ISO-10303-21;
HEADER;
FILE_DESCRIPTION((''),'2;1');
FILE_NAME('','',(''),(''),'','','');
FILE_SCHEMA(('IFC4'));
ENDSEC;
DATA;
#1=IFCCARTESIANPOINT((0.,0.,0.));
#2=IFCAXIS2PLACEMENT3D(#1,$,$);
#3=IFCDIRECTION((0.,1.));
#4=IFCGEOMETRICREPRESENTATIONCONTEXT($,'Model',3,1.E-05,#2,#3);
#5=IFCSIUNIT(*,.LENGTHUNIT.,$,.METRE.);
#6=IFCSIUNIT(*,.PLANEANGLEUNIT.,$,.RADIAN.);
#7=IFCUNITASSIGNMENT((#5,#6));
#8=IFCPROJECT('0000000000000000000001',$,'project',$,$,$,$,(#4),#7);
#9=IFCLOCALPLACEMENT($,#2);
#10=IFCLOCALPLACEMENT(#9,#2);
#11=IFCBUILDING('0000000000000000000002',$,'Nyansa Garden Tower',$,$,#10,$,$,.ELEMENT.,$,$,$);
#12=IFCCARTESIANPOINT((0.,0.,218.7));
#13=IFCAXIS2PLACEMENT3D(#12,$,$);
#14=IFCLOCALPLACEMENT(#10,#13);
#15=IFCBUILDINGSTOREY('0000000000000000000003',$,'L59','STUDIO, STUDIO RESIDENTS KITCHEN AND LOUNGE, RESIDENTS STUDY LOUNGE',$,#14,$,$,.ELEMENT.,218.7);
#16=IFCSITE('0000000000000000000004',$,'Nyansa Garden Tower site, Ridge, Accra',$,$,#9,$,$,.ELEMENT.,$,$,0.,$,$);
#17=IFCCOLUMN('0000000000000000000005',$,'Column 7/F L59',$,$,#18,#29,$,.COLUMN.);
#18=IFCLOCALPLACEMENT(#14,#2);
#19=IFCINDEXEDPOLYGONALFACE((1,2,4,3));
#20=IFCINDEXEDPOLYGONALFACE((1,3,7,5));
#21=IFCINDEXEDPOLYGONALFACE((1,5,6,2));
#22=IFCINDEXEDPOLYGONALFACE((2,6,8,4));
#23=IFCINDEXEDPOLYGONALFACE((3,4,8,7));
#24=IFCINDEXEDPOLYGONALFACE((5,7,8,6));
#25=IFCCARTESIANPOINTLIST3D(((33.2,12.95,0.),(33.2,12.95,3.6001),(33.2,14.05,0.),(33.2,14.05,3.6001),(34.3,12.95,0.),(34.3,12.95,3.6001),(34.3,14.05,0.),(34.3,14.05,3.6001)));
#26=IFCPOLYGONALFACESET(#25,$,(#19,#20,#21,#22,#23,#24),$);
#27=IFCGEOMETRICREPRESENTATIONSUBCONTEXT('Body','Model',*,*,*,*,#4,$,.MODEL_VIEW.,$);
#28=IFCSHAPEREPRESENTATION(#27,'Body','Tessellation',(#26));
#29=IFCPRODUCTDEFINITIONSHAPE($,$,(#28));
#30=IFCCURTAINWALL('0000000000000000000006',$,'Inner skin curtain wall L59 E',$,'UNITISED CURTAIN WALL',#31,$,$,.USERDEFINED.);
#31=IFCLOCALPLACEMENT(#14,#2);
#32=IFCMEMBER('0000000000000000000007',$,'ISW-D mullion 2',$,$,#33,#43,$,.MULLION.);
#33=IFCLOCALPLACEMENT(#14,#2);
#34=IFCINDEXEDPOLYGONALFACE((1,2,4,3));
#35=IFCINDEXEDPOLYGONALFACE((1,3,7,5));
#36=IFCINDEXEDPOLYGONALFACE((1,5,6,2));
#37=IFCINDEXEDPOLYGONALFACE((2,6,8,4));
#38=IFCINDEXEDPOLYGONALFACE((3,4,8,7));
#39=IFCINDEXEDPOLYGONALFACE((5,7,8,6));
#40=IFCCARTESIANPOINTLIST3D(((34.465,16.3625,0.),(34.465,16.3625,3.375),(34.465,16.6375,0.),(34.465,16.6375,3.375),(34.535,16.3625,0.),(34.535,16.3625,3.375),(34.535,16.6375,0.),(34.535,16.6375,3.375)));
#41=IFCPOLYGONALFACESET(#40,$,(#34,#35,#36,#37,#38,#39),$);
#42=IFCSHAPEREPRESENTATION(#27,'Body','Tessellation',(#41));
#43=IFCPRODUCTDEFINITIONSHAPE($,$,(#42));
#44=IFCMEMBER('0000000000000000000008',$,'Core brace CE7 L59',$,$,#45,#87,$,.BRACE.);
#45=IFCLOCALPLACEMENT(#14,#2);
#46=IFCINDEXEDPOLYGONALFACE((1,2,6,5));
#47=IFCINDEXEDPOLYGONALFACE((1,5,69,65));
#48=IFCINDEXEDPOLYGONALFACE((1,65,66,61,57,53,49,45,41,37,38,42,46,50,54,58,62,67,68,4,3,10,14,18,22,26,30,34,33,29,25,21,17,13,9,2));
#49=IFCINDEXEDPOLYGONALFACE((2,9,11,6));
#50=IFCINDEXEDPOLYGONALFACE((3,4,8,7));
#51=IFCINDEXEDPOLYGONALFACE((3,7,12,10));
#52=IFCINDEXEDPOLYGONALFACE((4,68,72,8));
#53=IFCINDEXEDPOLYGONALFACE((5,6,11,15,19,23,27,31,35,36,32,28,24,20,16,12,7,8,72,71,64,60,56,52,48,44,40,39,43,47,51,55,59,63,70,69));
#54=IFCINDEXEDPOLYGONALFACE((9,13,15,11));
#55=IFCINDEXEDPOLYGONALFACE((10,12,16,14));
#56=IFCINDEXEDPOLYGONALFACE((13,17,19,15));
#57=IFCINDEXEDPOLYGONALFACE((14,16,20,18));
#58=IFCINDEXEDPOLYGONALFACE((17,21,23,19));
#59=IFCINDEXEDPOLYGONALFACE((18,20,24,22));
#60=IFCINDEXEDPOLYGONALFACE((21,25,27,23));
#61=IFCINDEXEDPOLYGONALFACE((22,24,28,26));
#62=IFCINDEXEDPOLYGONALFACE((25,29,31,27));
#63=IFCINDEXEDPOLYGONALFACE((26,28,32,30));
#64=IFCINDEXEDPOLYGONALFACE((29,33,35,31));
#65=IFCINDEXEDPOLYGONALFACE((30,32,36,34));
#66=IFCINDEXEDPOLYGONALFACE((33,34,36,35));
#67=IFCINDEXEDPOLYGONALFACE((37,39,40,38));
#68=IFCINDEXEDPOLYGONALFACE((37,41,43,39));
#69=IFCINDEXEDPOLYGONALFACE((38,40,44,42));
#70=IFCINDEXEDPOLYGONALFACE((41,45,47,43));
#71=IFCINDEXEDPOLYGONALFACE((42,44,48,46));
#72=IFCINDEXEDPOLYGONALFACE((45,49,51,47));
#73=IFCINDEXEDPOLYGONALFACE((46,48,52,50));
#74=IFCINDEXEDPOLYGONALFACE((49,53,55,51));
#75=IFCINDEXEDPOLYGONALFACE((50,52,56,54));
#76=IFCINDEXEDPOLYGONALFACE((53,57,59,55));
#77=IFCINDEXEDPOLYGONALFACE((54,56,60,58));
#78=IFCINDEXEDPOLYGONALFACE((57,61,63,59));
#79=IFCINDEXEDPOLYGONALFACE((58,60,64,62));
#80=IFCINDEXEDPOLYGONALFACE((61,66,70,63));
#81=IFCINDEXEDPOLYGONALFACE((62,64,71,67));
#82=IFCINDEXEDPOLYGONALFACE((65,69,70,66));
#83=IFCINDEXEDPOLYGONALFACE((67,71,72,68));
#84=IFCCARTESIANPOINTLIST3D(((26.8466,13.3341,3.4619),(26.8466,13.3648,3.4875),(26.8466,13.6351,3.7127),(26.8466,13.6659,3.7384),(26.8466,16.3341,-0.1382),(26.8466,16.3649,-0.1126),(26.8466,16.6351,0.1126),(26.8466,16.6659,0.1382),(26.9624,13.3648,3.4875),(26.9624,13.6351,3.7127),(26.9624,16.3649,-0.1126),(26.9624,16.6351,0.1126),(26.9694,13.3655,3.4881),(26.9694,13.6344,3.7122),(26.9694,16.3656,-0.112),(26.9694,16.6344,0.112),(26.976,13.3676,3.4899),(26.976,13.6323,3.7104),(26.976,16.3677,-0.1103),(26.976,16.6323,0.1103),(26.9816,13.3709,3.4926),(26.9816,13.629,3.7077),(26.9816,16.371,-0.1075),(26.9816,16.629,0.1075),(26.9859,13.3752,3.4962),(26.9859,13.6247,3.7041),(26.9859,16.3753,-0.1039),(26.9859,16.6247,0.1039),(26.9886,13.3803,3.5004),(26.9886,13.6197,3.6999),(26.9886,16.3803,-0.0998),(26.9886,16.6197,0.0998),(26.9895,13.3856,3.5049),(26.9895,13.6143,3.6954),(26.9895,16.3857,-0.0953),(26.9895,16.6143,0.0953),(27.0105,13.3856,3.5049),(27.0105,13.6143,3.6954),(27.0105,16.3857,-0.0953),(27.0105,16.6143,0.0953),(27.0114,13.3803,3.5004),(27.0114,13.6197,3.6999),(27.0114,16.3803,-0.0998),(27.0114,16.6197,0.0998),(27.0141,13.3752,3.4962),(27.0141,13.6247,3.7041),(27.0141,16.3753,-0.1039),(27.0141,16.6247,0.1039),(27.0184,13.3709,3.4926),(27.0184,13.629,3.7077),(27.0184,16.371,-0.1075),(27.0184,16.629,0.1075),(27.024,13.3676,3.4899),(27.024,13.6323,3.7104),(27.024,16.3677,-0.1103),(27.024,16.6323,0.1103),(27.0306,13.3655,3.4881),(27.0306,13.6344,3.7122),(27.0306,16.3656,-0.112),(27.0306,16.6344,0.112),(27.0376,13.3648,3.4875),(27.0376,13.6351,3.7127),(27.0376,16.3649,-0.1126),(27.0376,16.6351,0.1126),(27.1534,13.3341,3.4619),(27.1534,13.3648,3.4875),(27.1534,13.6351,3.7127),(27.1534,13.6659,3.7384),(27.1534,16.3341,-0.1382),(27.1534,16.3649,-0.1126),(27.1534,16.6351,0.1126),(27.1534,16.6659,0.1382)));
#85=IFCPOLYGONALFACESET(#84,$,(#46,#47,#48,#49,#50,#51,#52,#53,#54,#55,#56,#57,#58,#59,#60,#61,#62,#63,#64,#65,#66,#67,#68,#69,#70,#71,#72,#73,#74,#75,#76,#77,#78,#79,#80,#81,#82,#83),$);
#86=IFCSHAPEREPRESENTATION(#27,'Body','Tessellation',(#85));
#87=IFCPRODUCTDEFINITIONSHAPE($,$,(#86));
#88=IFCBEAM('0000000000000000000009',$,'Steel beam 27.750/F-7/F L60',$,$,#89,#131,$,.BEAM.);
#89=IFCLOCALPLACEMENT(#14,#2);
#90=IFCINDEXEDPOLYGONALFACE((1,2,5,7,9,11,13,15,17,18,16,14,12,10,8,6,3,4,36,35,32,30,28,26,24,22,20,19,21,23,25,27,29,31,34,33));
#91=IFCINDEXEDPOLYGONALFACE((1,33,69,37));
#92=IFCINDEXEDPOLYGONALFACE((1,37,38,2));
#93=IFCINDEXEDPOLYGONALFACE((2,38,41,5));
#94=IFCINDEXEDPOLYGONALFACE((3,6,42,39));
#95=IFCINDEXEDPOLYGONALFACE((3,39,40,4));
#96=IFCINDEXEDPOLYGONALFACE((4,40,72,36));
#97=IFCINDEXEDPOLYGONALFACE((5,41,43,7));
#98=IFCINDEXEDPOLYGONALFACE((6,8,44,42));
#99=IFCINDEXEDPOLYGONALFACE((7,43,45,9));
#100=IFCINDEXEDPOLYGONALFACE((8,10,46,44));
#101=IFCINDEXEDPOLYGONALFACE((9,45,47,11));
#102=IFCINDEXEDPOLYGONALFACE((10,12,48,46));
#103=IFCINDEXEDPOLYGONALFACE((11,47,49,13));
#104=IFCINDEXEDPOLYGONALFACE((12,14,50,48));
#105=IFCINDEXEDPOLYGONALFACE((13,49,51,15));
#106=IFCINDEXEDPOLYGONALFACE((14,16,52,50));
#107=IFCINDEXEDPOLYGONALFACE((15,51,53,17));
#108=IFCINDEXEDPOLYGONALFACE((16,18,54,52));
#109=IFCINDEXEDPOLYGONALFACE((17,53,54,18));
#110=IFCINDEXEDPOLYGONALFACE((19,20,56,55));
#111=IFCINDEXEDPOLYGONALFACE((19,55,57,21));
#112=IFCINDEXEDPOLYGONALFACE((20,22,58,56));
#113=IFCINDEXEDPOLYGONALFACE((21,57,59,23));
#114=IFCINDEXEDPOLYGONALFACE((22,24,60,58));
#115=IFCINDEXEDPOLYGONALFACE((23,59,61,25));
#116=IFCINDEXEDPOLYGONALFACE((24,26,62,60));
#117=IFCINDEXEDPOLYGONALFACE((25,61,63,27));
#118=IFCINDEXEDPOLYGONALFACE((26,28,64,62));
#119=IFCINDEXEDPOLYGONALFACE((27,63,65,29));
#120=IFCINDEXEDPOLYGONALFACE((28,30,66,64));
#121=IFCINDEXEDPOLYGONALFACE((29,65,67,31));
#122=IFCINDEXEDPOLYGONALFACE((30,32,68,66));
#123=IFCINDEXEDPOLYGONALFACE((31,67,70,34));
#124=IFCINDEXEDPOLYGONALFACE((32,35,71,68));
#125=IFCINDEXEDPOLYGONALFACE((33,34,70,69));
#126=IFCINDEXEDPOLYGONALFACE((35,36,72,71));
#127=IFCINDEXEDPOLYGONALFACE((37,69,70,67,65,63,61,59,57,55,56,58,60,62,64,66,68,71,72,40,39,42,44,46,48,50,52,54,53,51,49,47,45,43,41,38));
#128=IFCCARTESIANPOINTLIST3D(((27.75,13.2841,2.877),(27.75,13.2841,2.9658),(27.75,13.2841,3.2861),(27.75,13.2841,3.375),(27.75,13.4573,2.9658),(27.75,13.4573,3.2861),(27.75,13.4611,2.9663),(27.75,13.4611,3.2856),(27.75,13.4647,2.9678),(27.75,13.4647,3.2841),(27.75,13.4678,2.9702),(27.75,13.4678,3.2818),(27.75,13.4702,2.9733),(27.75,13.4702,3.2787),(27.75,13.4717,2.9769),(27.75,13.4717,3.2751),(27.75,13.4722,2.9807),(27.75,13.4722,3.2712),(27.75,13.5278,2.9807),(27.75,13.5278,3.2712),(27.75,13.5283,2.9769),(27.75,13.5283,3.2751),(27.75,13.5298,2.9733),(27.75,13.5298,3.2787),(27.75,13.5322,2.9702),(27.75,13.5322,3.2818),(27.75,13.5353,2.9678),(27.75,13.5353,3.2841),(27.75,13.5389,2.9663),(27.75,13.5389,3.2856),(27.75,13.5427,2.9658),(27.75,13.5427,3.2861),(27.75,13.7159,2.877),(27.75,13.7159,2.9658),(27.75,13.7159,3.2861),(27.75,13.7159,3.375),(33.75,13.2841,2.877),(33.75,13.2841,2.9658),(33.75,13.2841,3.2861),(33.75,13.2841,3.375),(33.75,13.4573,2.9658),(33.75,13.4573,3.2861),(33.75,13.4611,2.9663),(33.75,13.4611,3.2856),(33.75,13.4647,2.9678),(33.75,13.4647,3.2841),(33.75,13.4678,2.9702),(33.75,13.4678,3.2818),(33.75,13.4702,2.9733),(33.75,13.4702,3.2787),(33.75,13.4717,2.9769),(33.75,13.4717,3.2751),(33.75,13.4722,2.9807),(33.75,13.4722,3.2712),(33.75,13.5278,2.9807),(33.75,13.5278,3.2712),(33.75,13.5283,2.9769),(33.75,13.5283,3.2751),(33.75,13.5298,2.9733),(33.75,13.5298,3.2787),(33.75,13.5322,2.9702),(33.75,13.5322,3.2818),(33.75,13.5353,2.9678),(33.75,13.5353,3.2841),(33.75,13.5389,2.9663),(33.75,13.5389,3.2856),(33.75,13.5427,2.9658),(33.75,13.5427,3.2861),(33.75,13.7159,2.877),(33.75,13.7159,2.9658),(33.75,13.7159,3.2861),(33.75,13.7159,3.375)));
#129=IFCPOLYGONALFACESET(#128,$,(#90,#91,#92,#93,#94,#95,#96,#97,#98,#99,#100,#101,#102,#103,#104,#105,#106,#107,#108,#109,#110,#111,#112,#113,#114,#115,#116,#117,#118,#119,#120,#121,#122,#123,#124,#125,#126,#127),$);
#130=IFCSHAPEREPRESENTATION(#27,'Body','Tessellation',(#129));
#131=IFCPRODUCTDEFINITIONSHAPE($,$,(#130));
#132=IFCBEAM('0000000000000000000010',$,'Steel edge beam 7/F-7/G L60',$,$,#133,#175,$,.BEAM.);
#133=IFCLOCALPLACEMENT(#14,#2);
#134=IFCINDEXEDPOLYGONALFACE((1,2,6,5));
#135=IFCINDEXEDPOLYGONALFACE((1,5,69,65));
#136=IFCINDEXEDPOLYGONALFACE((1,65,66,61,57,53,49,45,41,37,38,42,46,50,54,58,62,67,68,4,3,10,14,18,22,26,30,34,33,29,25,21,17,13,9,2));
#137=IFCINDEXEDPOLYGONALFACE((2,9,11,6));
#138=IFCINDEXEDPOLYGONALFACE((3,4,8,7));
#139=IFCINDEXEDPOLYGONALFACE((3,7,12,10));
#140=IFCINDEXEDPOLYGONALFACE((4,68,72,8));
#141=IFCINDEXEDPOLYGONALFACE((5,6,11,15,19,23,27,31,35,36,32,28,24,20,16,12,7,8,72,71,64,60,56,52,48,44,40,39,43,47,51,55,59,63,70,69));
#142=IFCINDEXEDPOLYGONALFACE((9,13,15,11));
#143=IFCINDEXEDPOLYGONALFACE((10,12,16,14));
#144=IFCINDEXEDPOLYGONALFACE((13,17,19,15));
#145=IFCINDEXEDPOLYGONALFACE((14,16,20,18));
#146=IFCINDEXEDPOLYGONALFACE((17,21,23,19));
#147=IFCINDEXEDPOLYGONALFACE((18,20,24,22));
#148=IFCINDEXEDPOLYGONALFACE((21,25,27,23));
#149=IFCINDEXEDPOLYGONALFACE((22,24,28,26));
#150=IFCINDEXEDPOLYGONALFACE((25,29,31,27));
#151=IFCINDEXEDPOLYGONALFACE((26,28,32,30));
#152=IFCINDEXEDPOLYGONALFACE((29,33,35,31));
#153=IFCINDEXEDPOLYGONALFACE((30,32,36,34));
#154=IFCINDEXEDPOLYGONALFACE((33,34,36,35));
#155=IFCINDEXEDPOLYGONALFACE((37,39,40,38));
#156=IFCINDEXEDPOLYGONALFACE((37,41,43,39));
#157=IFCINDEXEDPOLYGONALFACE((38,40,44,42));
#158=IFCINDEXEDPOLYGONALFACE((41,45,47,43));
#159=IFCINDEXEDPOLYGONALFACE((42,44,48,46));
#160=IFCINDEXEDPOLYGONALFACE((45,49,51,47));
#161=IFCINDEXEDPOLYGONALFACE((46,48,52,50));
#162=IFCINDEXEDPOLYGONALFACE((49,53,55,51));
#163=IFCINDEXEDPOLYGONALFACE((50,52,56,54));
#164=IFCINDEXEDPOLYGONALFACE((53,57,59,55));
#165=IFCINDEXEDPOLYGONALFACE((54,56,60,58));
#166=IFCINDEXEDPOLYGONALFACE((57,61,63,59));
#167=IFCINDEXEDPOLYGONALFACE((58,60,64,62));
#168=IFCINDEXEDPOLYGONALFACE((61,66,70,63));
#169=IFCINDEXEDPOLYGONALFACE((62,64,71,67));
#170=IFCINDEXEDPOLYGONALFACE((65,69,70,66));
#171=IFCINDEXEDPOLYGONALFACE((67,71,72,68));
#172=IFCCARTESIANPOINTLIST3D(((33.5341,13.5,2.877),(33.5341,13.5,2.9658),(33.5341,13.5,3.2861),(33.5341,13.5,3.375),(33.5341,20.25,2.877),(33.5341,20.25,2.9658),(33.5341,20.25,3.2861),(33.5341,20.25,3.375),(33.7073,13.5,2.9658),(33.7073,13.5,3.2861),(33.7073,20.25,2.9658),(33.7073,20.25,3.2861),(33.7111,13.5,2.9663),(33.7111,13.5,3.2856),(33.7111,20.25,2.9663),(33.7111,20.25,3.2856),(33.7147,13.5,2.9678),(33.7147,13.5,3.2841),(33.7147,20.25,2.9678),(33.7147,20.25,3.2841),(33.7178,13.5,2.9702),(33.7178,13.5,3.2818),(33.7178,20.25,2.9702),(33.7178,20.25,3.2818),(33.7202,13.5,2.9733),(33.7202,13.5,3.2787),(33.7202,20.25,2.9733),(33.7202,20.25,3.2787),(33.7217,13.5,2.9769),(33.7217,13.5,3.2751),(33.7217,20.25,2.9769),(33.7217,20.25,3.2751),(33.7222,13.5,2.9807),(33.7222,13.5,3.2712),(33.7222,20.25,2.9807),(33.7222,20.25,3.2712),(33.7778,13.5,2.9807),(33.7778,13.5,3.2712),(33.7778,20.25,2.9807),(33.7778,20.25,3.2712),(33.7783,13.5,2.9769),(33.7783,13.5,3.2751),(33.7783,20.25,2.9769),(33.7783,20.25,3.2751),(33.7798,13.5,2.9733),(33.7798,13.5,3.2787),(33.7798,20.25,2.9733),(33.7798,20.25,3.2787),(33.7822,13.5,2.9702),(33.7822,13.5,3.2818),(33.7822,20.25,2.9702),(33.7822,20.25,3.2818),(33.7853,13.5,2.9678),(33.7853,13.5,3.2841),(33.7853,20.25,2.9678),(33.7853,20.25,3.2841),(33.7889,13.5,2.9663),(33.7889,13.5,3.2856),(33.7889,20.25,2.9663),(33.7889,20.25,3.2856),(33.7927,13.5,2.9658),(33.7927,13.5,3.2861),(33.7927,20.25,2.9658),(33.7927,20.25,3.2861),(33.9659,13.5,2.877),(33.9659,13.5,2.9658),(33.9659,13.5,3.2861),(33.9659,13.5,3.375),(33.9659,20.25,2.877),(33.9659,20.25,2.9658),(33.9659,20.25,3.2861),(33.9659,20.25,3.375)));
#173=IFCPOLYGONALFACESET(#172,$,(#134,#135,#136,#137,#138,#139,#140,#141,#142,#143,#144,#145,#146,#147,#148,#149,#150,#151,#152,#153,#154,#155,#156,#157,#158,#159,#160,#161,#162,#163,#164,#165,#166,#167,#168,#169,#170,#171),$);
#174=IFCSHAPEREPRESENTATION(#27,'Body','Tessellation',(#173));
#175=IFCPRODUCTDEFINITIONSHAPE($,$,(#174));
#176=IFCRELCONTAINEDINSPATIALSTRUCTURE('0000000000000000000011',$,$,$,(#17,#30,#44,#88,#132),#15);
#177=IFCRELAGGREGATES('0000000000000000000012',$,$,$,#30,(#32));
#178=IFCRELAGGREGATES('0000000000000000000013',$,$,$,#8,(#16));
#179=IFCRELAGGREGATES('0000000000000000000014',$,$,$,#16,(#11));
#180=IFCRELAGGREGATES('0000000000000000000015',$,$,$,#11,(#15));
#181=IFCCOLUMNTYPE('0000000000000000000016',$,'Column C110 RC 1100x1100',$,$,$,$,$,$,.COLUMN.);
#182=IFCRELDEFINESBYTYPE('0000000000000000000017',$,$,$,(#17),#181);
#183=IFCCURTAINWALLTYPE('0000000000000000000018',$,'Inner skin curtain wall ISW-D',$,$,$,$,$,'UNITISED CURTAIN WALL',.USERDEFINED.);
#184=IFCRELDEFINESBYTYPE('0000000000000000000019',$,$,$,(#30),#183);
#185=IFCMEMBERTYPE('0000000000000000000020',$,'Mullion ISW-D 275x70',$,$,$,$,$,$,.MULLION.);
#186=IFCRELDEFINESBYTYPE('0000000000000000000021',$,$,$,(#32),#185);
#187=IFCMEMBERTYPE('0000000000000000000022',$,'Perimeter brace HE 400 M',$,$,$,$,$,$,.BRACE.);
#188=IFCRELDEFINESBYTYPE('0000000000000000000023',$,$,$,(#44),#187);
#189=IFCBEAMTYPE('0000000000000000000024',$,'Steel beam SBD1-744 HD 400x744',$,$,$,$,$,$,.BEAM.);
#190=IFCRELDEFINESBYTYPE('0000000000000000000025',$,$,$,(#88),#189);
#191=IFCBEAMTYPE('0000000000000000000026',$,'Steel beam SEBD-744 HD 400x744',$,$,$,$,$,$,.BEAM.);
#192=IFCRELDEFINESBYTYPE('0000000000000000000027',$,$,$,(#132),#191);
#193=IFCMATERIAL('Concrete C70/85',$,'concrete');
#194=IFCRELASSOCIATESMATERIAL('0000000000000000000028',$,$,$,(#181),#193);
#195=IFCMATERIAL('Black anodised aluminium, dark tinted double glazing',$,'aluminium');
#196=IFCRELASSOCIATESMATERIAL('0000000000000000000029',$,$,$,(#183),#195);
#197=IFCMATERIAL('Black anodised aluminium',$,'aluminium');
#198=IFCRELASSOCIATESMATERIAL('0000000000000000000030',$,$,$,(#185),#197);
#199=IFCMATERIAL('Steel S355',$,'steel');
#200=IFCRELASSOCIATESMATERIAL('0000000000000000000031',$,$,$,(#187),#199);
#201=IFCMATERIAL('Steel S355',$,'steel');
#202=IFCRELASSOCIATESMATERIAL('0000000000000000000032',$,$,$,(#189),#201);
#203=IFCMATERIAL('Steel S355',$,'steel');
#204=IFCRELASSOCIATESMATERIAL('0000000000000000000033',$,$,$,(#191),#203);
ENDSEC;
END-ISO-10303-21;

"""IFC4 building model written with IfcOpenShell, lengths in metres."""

from ifc_helpers import new_model, si_unit, direction, frame, origin, origin_2d, place, context, subcontext, project, spatial, rectangle, i_section, extrude, material, material_profile, profile_set, type_object, element, aggregate, save


model = new_model("IFC4")

# Units and contexts
model_context = context("Model", 3, precision=1e-05, world=origin(), true_north=direction((0.0, 1.0)))
body_context = subcontext(model_context, "Body", "Model", "MODEL_VIEW")
ifc_project = project(units=[si_unit("LENGTHUNIT", "METRE"), si_unit("PLANEANGLEUNIT", "RADIAN")], contexts=[model_context])

# Site, building, storey
site_placement = place(None, origin())
site = spatial("IfcSite", under=ifc_project, at=site_placement, Name="Nyansa Garden Tower site, Ridge, Accra", CompositionType="ELEMENT", RefElevation=0.0)
building_placement = place(site_placement, origin())
building = spatial("IfcBuilding", under=site, at=building_placement, Name="Nyansa Garden Tower", CompositionType="ELEMENT")
storey_placement = place(building_placement, frame((0.0, 0.0, 218.7)))
storey = spatial("IfcBuildingStorey", under=building, at=storey_placement, Name="L59", Description="STUDIO, STUDIO RESIDENTS KITCHEN AND LOUNGE, RESIDENTS STUDY LOUNGE", CompositionType="ELEMENT", Elevation=218.7)

# Column
ifc_material_1 = material(Name="Concrete C70/85", Category="concrete")
ifc_material_profile_1 = material_profile(ifc_material_1, rectangle(XDim=1.1001, YDim=1.1001, at=origin_2d()), Name="RC 1100x1100")
ifc_profile_set_1 = profile_set([ifc_material_profile_1], Name="Concrete C70/85")
column_type = type_object("IfcColumnType", Name="Column C110 RC 1100x1100", PredefinedType="COLUMN", material=ifc_profile_set_1)
column_placement = place(storey_placement, frame((33.75, 13.5, 0.0), z_axis=(0.0, 0.0, 1.0), x_axis=(1.0, 0.0, 0.0)))
element("IfcColumn", 1, at=column_placement, inside=storey, type_object=column_type, Name="Column 7/F L59", PredefinedType="COLUMN", context=body_context, shape_type="SweptSolid", body=[
    extrude(rectangle(XDim=1.1001, YDim=1.1001, at=origin_2d()), origin(), (0.0, 0.0, 1.0), 3.6001),
])

# Curtain wall, member
ifc_material_2 = material(Name="Black anodised aluminium, dark tinted double glazing", Category="aluminium")
curtain_wall_type = type_object("IfcCurtainWallType", Name="Inner skin curtain wall ISW-D", ElementType="UNITISED CURTAIN WALL", PredefinedType="USERDEFINED", material=ifc_material_2)
curtain_wall_placement = place(storey_placement, origin())
curtain_wall = element("IfcCurtainWall", 2, at=curtain_wall_placement, inside=storey, type_object=curtain_wall_type, Name="Inner skin curtain wall L59 E", ObjectType="UNITISED CURTAIN WALL", PredefinedType="USERDEFINED")
ifc_material_3 = material(Name="Black anodised aluminium", Category="aluminium")
ifc_material_profile_2 = material_profile(ifc_material_3, rectangle(XDim=0.0701, YDim=0.2749, at=origin_2d()), Name="Mullion 275x70")
ifc_profile_set_2 = profile_set([ifc_material_profile_2], Name="Black anodised aluminium")
member_type_1 = type_object("IfcMemberType", Name="Mullion ISW-D 275x70", PredefinedType="MULLION", material=ifc_profile_set_2)
member_1_placement = place(storey_placement, frame((34.5, 16.5, 0.0), z_axis=(0.0, 0.0, 1.0), x_axis=(-1.0, 0.0, 0.0)))
member_1 = element("IfcMember", 3, at=member_1_placement, type_object=member_type_1, Name="ISW-D mullion 2", PredefinedType="MULLION", context=body_context, shape_type="SweptSolid", body=[
    extrude(rectangle(XDim=0.0701, YDim=0.2749, at=origin_2d()), origin(), (0.0, 0.0, 1.0), 3.375),
])

# Member
ifc_material_4 = material(Name="Steel S355", Category="steel")
ifc_material_profile_3 = material_profile(ifc_material_4, i_section(OverallWidth=0.3069, OverallDepth=0.4319, WebThickness=0.021, FlangeThickness=0.04, FilletRadius=0.0271, at=origin_2d()), Name="HE 400 M")
ifc_profile_set_3 = profile_set([ifc_material_profile_3], Name="Steel S355")
member_type_2 = type_object("IfcMemberType", Name="Perimeter brace HE 400 M", PredefinedType="BRACE", material=ifc_profile_set_3)
member_2_placement = place(storey_placement, frame((27.0, 16.5, 0.0), z_axis=(0.0, -0.640174, 0.76823), x_axis=(1.0, 0.0, 0.0)))
element("IfcMember", 4, at=member_2_placement, inside=storey, type_object=member_type_2, Name="Core brace CE7 L59", PredefinedType="BRACE", context=body_context, shape_type="SweptSolid", body=[
    extrude(i_section(OverallWidth=0.3069, OverallDepth=0.4319, WebThickness=0.021, FlangeThickness=0.04, FilletRadius=0.0271, at=origin_2d()), origin(), (0.0, 0.0, 1.0), 4.6863),
])

# Beams
ifc_material_5 = material(Name="Steel S355", Category="steel")
ifc_material_profile_4 = material_profile(ifc_material_5, i_section(OverallWidth=0.4319, OverallDepth=0.498, WebThickness=0.0557, FlangeThickness=0.0889, FilletRadius=0.0149, at=origin_2d()), Name="HD 400x744")
ifc_profile_set_4 = profile_set([ifc_material_profile_4], Name="Steel S355")
beam_type_1 = type_object("IfcBeamType", Name="Steel beam SBD1-744 HD 400x744", PredefinedType="BEAM", material=ifc_profile_set_4)
beam_1_placement = place(storey_placement, frame((27.75, 13.5, 3.126), z_axis=(1.0, 0.0, 0.0), x_axis=(0.0, 1.0, 0.0)))
element("IfcBeam", 5, at=beam_1_placement, inside=storey, type_object=beam_type_1, Name="Steel beam 27.750/F-7/F L60", PredefinedType="BEAM", context=body_context, shape_type="SweptSolid", body=[
    extrude(i_section(OverallWidth=0.4319, OverallDepth=0.498, WebThickness=0.0557, FlangeThickness=0.0889, FilletRadius=0.0149, at=origin_2d()), origin(), (0.0, 0.0, 1.0), 6.0),
])
ifc_material_6 = material(Name="Steel S355", Category="steel")
ifc_material_profile_5 = material_profile(ifc_material_6, i_section(OverallWidth=0.4319, OverallDepth=0.498, WebThickness=0.0557, FlangeThickness=0.0889, FilletRadius=0.0149, at=origin_2d()), Name="HD 400x744")
ifc_profile_set_5 = profile_set([ifc_material_profile_5], Name="Steel S355")
beam_type_2 = type_object("IfcBeamType", Name="Steel beam SEBD-744 HD 400x744", PredefinedType="BEAM", material=ifc_profile_set_5)
beam_2_placement = place(storey_placement, frame((33.75, 13.5, 3.126), z_axis=(0.0, 1.0, 0.0), x_axis=(-1.0, 0.0, 0.0)))
element("IfcBeam", 6, at=beam_2_placement, inside=storey, type_object=beam_type_2, Name="Steel edge beam 7/F-7/G L60", PredefinedType="BEAM", context=body_context, shape_type="SweptSolid", body=[
    extrude(i_section(OverallWidth=0.4319, OverallDepth=0.498, WebThickness=0.0557, FlangeThickness=0.0889, FilletRadius=0.0149, at=origin_2d()), origin(), (0.0, 0.0, 1.0), 6.75),
])

aggregate(curtain_wall, [member_1])

save(model, "model.ifc")
